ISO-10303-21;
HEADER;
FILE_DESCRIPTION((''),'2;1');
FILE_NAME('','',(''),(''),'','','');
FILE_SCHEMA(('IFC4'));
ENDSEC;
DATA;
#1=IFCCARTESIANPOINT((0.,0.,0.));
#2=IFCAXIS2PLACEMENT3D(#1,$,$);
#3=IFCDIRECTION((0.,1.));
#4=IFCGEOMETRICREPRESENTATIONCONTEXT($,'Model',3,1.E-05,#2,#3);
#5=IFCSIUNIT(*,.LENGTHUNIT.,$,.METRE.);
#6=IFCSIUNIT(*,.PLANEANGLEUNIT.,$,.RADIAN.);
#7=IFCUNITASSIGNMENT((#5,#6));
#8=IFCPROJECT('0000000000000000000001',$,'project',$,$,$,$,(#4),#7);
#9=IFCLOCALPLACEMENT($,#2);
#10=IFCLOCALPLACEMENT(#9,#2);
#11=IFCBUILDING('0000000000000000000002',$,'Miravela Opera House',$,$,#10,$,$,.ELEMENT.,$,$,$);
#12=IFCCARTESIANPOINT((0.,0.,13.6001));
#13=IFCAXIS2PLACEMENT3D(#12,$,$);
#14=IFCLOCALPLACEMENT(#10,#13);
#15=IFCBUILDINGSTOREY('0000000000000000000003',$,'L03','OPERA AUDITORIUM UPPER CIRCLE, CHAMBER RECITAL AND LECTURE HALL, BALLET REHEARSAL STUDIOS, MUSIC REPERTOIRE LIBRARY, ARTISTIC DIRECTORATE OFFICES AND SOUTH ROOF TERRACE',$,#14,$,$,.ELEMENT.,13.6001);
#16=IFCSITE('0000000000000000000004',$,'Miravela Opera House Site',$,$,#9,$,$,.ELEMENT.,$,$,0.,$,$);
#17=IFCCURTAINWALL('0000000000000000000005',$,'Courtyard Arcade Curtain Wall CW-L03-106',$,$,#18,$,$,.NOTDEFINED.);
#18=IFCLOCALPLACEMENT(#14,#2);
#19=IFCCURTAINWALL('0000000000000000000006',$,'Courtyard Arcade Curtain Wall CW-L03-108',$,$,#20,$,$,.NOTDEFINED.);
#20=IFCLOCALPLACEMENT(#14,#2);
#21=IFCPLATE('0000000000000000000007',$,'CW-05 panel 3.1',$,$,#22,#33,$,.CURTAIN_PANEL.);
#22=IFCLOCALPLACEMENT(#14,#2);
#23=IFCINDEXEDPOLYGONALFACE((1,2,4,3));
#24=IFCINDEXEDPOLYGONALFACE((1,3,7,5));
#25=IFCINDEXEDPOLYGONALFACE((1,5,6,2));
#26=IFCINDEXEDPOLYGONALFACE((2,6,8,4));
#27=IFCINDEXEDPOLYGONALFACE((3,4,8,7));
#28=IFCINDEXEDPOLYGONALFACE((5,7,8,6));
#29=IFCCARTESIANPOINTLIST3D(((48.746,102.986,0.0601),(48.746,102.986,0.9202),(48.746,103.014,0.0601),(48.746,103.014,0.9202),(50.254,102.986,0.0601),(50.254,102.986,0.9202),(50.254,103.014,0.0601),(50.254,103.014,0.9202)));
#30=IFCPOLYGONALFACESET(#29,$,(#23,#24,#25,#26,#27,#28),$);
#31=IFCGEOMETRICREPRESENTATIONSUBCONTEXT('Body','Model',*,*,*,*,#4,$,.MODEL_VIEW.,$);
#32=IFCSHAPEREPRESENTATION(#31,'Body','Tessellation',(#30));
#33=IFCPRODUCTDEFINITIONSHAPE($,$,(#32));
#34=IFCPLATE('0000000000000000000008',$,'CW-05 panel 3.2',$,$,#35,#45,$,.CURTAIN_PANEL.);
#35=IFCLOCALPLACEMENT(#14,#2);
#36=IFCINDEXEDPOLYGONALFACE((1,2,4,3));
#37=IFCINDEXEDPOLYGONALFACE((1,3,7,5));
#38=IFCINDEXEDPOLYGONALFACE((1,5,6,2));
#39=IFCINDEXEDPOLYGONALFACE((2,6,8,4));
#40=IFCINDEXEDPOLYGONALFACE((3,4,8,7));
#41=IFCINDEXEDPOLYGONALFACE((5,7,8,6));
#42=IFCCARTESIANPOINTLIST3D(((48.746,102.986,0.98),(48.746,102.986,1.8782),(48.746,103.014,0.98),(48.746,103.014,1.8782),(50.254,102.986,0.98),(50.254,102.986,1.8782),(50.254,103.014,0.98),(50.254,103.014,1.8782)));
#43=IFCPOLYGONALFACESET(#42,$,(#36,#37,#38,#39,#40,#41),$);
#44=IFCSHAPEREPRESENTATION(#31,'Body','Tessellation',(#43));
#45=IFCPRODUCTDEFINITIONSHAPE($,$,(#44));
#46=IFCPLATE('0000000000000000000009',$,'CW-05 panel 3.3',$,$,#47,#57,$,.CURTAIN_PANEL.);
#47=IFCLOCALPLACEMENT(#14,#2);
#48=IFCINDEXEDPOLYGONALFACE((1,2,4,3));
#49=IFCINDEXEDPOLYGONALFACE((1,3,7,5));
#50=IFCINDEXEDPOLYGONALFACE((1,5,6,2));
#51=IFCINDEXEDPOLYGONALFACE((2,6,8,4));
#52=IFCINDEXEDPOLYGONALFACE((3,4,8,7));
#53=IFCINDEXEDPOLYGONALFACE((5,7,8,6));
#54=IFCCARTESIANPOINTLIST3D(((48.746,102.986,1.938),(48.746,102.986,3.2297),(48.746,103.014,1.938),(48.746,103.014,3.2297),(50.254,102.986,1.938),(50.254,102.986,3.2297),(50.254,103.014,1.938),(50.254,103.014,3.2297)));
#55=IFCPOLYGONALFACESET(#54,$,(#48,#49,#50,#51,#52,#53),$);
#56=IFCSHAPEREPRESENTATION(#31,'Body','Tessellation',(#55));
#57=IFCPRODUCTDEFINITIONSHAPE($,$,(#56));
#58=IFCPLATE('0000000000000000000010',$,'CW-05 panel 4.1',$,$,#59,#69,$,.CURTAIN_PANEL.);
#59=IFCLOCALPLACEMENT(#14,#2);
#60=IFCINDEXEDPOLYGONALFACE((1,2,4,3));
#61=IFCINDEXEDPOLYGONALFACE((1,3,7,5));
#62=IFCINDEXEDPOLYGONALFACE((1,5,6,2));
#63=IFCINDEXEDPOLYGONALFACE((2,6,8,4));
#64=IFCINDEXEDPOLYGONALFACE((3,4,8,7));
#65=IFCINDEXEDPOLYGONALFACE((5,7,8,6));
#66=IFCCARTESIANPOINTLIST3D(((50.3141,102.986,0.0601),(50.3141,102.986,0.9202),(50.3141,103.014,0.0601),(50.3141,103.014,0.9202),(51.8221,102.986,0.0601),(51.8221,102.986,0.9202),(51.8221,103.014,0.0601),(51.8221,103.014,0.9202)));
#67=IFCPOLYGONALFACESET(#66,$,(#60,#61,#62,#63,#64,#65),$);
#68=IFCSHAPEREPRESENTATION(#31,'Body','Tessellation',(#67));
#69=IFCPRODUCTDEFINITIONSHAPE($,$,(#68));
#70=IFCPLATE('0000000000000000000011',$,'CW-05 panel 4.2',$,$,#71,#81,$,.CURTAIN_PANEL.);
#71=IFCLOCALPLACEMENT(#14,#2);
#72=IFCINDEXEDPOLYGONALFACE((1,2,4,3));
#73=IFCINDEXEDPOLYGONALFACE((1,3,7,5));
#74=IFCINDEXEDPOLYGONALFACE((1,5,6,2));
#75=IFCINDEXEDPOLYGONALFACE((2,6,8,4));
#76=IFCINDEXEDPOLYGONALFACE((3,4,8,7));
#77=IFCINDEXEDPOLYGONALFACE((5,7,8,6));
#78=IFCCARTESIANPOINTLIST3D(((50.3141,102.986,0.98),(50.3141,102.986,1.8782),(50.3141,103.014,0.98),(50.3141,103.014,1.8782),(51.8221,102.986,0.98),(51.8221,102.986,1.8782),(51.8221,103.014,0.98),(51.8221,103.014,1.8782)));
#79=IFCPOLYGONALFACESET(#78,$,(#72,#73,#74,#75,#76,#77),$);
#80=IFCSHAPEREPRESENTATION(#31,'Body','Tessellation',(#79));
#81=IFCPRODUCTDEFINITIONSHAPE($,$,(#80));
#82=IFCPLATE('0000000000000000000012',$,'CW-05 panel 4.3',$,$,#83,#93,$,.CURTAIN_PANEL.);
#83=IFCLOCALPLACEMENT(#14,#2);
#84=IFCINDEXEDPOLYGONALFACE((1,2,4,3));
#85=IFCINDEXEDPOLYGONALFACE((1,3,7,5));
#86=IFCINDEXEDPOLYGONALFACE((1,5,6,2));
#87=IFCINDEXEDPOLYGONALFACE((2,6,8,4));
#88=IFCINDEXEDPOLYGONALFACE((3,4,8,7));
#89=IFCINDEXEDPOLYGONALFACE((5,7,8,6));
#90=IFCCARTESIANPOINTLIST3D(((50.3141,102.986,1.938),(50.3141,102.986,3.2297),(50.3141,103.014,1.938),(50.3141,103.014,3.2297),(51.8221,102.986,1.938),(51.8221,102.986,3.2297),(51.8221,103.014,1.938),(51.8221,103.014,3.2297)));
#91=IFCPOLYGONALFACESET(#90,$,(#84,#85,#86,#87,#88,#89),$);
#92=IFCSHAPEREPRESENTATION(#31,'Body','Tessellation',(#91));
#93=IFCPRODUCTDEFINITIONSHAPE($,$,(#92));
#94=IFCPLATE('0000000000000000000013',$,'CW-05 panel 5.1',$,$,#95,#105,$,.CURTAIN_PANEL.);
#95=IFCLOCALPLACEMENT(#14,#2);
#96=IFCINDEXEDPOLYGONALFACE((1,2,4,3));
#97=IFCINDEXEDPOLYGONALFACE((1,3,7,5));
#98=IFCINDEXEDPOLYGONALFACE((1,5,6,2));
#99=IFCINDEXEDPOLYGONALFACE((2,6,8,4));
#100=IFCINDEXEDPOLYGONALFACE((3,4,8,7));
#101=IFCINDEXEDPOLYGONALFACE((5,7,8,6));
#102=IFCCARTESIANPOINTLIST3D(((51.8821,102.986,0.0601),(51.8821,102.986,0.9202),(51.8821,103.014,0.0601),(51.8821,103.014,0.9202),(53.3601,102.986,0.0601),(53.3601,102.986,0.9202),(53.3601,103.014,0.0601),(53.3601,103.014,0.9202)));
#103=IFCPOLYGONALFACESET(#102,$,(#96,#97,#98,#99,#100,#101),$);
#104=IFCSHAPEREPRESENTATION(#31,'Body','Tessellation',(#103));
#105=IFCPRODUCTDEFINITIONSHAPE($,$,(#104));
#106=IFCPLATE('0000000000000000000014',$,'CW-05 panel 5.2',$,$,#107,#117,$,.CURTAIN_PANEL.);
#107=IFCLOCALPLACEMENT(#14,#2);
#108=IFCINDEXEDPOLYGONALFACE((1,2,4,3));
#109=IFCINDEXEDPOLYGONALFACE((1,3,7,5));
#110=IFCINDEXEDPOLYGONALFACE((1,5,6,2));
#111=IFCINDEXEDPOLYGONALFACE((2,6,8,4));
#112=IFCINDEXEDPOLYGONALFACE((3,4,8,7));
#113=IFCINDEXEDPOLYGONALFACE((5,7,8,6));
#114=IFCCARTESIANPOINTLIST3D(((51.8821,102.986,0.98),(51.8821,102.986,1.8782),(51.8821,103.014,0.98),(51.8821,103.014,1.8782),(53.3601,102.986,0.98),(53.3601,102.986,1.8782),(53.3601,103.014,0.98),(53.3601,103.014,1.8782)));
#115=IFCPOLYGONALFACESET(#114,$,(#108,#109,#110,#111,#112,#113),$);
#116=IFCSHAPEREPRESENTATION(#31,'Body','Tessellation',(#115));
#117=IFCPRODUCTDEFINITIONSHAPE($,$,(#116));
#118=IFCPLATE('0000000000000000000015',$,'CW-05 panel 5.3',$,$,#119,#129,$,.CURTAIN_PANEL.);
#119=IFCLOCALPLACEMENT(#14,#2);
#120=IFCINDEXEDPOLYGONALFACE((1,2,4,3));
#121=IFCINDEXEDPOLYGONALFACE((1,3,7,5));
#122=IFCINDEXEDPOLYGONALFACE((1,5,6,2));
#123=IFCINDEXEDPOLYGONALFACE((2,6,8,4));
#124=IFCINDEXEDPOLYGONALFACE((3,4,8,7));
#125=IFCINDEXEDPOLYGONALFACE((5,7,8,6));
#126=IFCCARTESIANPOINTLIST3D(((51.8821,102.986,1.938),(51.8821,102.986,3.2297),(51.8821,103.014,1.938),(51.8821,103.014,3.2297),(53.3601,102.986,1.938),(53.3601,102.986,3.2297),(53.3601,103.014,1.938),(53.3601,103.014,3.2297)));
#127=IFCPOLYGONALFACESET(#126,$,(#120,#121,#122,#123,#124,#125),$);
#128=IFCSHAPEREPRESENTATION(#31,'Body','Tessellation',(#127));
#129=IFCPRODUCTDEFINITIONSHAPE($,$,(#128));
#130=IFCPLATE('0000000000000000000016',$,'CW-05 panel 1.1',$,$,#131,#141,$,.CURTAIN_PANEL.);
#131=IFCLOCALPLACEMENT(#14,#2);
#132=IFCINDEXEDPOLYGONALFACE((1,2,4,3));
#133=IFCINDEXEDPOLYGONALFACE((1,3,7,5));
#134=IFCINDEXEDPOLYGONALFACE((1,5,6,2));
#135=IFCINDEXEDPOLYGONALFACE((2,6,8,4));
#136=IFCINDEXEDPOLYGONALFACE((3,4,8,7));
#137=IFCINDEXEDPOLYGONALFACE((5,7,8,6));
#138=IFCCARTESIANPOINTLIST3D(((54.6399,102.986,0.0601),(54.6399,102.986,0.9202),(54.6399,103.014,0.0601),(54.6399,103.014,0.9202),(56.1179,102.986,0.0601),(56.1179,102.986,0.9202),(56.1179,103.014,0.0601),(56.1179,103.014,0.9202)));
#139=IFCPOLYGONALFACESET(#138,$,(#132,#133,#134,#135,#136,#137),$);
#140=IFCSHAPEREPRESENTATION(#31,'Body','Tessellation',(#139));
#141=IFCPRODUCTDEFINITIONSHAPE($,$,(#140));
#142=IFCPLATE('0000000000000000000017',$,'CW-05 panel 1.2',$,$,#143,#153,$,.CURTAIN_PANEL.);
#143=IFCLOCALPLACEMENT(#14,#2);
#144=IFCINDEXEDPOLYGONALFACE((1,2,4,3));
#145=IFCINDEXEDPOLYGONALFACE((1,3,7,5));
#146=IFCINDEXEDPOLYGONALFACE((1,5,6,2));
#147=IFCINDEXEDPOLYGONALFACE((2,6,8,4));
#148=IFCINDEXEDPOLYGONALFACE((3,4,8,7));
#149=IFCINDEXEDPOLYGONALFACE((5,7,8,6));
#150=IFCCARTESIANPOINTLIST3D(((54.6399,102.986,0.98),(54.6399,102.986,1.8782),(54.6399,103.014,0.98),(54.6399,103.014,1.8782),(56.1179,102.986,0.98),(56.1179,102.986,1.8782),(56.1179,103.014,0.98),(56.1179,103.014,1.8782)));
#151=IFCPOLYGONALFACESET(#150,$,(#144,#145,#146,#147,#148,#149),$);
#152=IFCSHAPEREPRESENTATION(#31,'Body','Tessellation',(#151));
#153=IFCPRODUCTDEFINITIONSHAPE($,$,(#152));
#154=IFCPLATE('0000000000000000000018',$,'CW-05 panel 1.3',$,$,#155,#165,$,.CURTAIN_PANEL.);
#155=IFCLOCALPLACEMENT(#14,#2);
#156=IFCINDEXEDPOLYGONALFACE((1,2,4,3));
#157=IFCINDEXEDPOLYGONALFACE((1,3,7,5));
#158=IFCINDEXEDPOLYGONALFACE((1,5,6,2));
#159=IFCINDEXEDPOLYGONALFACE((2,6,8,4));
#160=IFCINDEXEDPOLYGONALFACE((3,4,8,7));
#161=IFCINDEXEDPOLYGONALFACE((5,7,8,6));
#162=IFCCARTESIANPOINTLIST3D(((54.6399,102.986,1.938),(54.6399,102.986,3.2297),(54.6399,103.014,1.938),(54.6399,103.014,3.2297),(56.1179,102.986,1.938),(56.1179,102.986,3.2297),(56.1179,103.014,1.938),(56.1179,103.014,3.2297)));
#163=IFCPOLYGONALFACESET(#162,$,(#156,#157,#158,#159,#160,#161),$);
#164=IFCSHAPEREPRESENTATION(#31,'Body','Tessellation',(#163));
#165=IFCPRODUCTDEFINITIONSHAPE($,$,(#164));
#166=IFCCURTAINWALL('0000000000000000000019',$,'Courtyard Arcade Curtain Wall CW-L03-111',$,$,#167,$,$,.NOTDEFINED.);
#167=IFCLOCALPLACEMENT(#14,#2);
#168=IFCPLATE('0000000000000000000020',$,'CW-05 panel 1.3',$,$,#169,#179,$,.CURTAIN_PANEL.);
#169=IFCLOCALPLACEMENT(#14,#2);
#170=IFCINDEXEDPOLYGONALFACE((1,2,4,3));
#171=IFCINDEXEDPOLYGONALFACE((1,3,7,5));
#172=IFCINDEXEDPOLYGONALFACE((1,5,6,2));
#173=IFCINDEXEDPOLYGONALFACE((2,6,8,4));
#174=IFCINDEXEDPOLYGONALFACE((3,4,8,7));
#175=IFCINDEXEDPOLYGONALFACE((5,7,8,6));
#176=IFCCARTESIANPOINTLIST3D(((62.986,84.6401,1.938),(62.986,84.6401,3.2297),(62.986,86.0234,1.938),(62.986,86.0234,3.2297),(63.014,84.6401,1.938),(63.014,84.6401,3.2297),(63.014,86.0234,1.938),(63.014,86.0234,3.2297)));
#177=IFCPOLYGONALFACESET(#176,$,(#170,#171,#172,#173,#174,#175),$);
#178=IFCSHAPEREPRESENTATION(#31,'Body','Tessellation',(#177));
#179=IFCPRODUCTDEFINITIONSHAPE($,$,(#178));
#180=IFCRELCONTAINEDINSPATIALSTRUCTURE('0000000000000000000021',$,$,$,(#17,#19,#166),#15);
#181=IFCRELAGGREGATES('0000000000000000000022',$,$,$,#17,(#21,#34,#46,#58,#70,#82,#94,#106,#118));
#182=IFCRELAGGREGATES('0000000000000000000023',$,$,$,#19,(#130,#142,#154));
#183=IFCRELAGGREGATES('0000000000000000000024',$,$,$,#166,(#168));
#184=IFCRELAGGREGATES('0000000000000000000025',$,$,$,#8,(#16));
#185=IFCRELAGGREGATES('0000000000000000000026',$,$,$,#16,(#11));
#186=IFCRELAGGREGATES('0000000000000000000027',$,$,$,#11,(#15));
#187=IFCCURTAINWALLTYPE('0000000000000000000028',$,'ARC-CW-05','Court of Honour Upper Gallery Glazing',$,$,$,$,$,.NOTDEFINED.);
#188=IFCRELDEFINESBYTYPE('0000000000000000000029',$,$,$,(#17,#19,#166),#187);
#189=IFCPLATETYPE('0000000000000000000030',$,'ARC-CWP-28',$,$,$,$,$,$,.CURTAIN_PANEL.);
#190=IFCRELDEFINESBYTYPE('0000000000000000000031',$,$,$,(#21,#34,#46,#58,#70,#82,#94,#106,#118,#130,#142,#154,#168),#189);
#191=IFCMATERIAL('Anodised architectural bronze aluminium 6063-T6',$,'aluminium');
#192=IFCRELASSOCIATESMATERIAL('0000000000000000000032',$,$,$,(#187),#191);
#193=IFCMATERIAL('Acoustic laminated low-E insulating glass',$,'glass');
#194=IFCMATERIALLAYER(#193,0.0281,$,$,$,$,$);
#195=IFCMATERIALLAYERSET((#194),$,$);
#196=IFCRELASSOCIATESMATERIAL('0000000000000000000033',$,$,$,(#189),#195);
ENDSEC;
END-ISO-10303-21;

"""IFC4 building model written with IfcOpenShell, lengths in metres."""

from ifc_helpers import new_model, si_unit, direction, frame, origin, origin_2d, place, context, subcontext, project, spatial, rectangle, extrude, material, layer, layer_set, type_object, element, aggregate, save


model = new_model("IFC4")

# Units and contexts
model_context = context("Model", 3, precision=1e-05, world=origin(), true_north=direction((0.0, 1.0)))
body_context = subcontext(model_context, "Body", "Model", "MODEL_VIEW")
ifc_project = project(units=[si_unit("LENGTHUNIT", "METRE"), si_unit("PLANEANGLEUNIT", "RADIAN")], contexts=[model_context])

# Site, building, storey
site_placement = place(None, origin())
site = spatial("IfcSite", under=ifc_project, at=site_placement, Name="Miravela Opera House Site", CompositionType="ELEMENT", RefElevation=0.0)
building_placement = place(site_placement, origin())
building = spatial("IfcBuilding", under=site, at=building_placement, Name="Miravela Opera House", CompositionType="ELEMENT")
storey_placement = place(building_placement, frame((0.0, 0.0, 13.6001)))
storey = spatial("IfcBuildingStorey", under=building, at=storey_placement, Name="L03", Description="OPERA AUDITORIUM UPPER CIRCLE, CHAMBER RECITAL AND LECTURE HALL, BALLET REHEARSAL STUDIOS, MUSIC REPERTOIRE LIBRARY, ARTISTIC DIRECTORATE OFFICES AND SOUTH ROOF TERRACE", CompositionType="ELEMENT", Elevation=13.6001)

# Curtain walls
ifc_material_1 = material(Name="Anodised architectural bronze aluminium 6063-T6", Category="aluminium")
curtain_wall_type = type_object("IfcCurtainWallType", Name="ARC-CW-05", Description="Court of Honour Upper Gallery Glazing", PredefinedType="NOTDEFINED", material=ifc_material_1)
curtain_wall_1_placement = place(storey_placement, origin())
curtain_wall_1 = element("IfcCurtainWall", 1, at=curtain_wall_1_placement, inside=storey, type_object=curtain_wall_type, Name="Courtyard Arcade Curtain Wall CW-L03-106", PredefinedType="NOTDEFINED")
curtain_wall_2_placement = place(storey_placement, origin())
curtain_wall_2 = element("IfcCurtainWall", 2, at=curtain_wall_2_placement, inside=storey, type_object=curtain_wall_type, Name="Courtyard Arcade Curtain Wall CW-L03-108", PredefinedType="NOTDEFINED")

# Plates
ifc_material_2 = material(Name="Acoustic laminated low-E insulating glass", Category="glass")
ifc_layer = layer(ifc_material_2, 0.0281)
ifc_layer_set = layer_set([ifc_layer])
plate_type = type_object("IfcPlateType", Name="ARC-CWP-28", PredefinedType="CURTAIN_PANEL", material=ifc_layer_set)
plate_1_placement = place(storey_placement, frame((49.5, 103.0, 0.0601), z_axis=(0.0, 0.0, 1.0), x_axis=(1.0, 0.0, 0.0)))
plate_1 = element("IfcPlate", 3, at=plate_1_placement, type_object=plate_type, Name="CW-05 panel 3.1", PredefinedType="CURTAIN_PANEL", context=body_context, shape_type="SweptSolid", body=[
    extrude(rectangle(XDim=1.5081, YDim=0.0281, at=origin_2d()), origin(), (0.0, 0.0, 1.0), 0.8601),
])
plate_2_placement = place(storey_placement, frame((49.5, 103.0, 0.98), z_axis=(0.0, 0.0, 1.0), x_axis=(1.0, 0.0, 0.0)))
plate_2 = element("IfcPlate", 4, at=plate_2_placement, type_object=plate_type, Name="CW-05 panel 3.2", PredefinedType="CURTAIN_PANEL", context=body_context, shape_type="SweptSolid", body=[
    extrude(rectangle(XDim=1.5081, YDim=0.0281, at=origin_2d()), origin(), (0.0, 0.0, 1.0), 0.8982),
])
plate_3_placement = place(storey_placement, frame((49.5, 103.0, 1.938), z_axis=(0.0, 0.0, 1.0), x_axis=(1.0, 0.0, 0.0)))
plate_3 = element("IfcPlate", 5, at=plate_3_placement, type_object=plate_type, Name="CW-05 panel 3.3", PredefinedType="CURTAIN_PANEL", context=body_context, shape_type="SweptSolid", body=[
    extrude(rectangle(XDim=1.5081, YDim=0.0281, at=origin_2d()), origin(), (0.0, 0.0, 1.0), 1.2917),
])
plate_4_placement = place(storey_placement, frame((51.0681, 103.0, 0.0601), z_axis=(0.0, 0.0, 1.0), x_axis=(1.0, 0.0, 0.0)))
plate_4 = element("IfcPlate", 6, at=plate_4_placement, type_object=plate_type, Name="CW-05 panel 4.1", PredefinedType="CURTAIN_PANEL", context=body_context, shape_type="SweptSolid", body=[
    extrude(rectangle(XDim=1.5081, YDim=0.0281, at=origin_2d()), origin(), (0.0, 0.0, 1.0), 0.8601),
])
plate_5_placement = place(storey_placement, frame((51.0681, 103.0, 0.98), z_axis=(0.0, 0.0, 1.0), x_axis=(1.0, 0.0, 0.0)))
plate_5 = element("IfcPlate", 7, at=plate_5_placement, type_object=plate_type, Name="CW-05 panel 4.2", PredefinedType="CURTAIN_PANEL", context=body_context, shape_type="SweptSolid", body=[
    extrude(rectangle(XDim=1.5081, YDim=0.0281, at=origin_2d()), origin(), (0.0, 0.0, 1.0), 0.8982),
])
plate_6_placement = place(storey_placement, frame((51.0681, 103.0, 1.938), z_axis=(0.0, 0.0, 1.0), x_axis=(1.0, 0.0, 0.0)))
plate_6 = element("IfcPlate", 8, at=plate_6_placement, type_object=plate_type, Name="CW-05 panel 4.3", PredefinedType="CURTAIN_PANEL", context=body_context, shape_type="SweptSolid", body=[
    extrude(rectangle(XDim=1.5081, YDim=0.0281, at=origin_2d()), origin(), (0.0, 0.0, 1.0), 1.2917),
])
plate_7_placement = place(storey_placement, frame((52.6211, 103.0, 0.0601), z_axis=(0.0, 0.0, 1.0), x_axis=(1.0, 0.0, 0.0)))
plate_7 = element("IfcPlate", 9, at=plate_7_placement, type_object=plate_type, Name="CW-05 panel 5.1", PredefinedType="CURTAIN_PANEL", context=body_context, shape_type="SweptSolid", body=[
    extrude(rectangle(XDim=1.478, YDim=0.0281, at=origin_2d()), origin(), (0.0, 0.0, 1.0), 0.8601),
])
plate_8_placement = place(storey_placement, frame((52.6211, 103.0, 0.98), z_axis=(0.0, 0.0, 1.0), x_axis=(1.0, 0.0, 0.0)))
plate_8 = element("IfcPlate", 10, at=plate_8_placement, type_object=plate_type, Name="CW-05 panel 5.2", PredefinedType="CURTAIN_PANEL", context=body_context, shape_type="SweptSolid", body=[
    extrude(rectangle(XDim=1.478, YDim=0.0281, at=origin_2d()), origin(), (0.0, 0.0, 1.0), 0.8982),
])
plate_9_placement = place(storey_placement, frame((52.6211, 103.0, 1.938), z_axis=(0.0, 0.0, 1.0), x_axis=(1.0, 0.0, 0.0)))
plate_9 = element("IfcPlate", 11, at=plate_9_placement, type_object=plate_type, Name="CW-05 panel 5.3", PredefinedType="CURTAIN_PANEL", context=body_context, shape_type="SweptSolid", body=[
    extrude(rectangle(XDim=1.478, YDim=0.0281, at=origin_2d()), origin(), (0.0, 0.0, 1.0), 1.2917),
])
aggregate(curtain_wall_1, [plate_1, plate_2, plate_3, plate_4, plate_5, plate_6, plate_7, plate_8, plate_9])
plate_10_placement = place(storey_placement, frame((55.3789, 103.0, 0.0601), z_axis=(0.0, 0.0, 1.0), x_axis=(1.0, 0.0, 0.0)))
plate_10 = element("IfcPlate", 12, at=plate_10_placement, type_object=plate_type, Name="CW-05 panel 1.1", PredefinedType="CURTAIN_PANEL", context=body_context, shape_type="SweptSolid", body=[
    extrude(rectangle(XDim=1.478, YDim=0.0281, at=origin_2d()), origin(), (0.0, 0.0, 1.0), 0.8601),
])
plate_11_placement = place(storey_placement, frame((55.3789, 103.0, 0.98), z_axis=(0.0, 0.0, 1.0), x_axis=(1.0, 0.0, 0.0)))
plate_11 = element("IfcPlate", 13, at=plate_11_placement, type_object=plate_type, Name="CW-05 panel 1.2", PredefinedType="CURTAIN_PANEL", context=body_context, shape_type="SweptSolid", body=[
    extrude(rectangle(XDim=1.478, YDim=0.0281, at=origin_2d()), origin(), (0.0, 0.0, 1.0), 0.8982),
])
plate_12_placement = place(storey_placement, frame((55.3789, 103.0, 1.938), z_axis=(0.0, 0.0, 1.0), x_axis=(1.0, 0.0, 0.0)))
plate_12 = element("IfcPlate", 14, at=plate_12_placement, type_object=plate_type, Name="CW-05 panel 1.3", PredefinedType="CURTAIN_PANEL", context=body_context, shape_type="SweptSolid", body=[
    extrude(rectangle(XDim=1.478, YDim=0.0281, at=origin_2d()), origin(), (0.0, 0.0, 1.0), 1.2917),
])
aggregate(curtain_wall_2, [plate_10, plate_11, plate_12])

# Curtain wall, plate
curtain_wall_3_placement = place(storey_placement, origin())
curtain_wall_3 = element("IfcCurtainWall", 15, at=curtain_wall_3_placement, inside=storey, type_object=curtain_wall_type, Name="Courtyard Arcade Curtain Wall CW-L03-111", PredefinedType="NOTDEFINED")
plate_13_placement = place(storey_placement, frame((63.0, 85.3318, 1.938), z_axis=(0.0, 0.0, 1.0), x_axis=(0.0, 1.0, 0.0)))
plate_13 = element("IfcPlate", 16, at=plate_13_placement, type_object=plate_type, Name="CW-05 panel 1.3", PredefinedType="CURTAIN_PANEL", context=body_context, shape_type="SweptSolid", body=[
    extrude(rectangle(XDim=1.3833, YDim=0.0281, at=origin_2d()), origin(), (0.0, 0.0, 1.0), 1.2917),
])
aggregate(curtain_wall_3, [plate_13])

save(model, "model.ifc")
